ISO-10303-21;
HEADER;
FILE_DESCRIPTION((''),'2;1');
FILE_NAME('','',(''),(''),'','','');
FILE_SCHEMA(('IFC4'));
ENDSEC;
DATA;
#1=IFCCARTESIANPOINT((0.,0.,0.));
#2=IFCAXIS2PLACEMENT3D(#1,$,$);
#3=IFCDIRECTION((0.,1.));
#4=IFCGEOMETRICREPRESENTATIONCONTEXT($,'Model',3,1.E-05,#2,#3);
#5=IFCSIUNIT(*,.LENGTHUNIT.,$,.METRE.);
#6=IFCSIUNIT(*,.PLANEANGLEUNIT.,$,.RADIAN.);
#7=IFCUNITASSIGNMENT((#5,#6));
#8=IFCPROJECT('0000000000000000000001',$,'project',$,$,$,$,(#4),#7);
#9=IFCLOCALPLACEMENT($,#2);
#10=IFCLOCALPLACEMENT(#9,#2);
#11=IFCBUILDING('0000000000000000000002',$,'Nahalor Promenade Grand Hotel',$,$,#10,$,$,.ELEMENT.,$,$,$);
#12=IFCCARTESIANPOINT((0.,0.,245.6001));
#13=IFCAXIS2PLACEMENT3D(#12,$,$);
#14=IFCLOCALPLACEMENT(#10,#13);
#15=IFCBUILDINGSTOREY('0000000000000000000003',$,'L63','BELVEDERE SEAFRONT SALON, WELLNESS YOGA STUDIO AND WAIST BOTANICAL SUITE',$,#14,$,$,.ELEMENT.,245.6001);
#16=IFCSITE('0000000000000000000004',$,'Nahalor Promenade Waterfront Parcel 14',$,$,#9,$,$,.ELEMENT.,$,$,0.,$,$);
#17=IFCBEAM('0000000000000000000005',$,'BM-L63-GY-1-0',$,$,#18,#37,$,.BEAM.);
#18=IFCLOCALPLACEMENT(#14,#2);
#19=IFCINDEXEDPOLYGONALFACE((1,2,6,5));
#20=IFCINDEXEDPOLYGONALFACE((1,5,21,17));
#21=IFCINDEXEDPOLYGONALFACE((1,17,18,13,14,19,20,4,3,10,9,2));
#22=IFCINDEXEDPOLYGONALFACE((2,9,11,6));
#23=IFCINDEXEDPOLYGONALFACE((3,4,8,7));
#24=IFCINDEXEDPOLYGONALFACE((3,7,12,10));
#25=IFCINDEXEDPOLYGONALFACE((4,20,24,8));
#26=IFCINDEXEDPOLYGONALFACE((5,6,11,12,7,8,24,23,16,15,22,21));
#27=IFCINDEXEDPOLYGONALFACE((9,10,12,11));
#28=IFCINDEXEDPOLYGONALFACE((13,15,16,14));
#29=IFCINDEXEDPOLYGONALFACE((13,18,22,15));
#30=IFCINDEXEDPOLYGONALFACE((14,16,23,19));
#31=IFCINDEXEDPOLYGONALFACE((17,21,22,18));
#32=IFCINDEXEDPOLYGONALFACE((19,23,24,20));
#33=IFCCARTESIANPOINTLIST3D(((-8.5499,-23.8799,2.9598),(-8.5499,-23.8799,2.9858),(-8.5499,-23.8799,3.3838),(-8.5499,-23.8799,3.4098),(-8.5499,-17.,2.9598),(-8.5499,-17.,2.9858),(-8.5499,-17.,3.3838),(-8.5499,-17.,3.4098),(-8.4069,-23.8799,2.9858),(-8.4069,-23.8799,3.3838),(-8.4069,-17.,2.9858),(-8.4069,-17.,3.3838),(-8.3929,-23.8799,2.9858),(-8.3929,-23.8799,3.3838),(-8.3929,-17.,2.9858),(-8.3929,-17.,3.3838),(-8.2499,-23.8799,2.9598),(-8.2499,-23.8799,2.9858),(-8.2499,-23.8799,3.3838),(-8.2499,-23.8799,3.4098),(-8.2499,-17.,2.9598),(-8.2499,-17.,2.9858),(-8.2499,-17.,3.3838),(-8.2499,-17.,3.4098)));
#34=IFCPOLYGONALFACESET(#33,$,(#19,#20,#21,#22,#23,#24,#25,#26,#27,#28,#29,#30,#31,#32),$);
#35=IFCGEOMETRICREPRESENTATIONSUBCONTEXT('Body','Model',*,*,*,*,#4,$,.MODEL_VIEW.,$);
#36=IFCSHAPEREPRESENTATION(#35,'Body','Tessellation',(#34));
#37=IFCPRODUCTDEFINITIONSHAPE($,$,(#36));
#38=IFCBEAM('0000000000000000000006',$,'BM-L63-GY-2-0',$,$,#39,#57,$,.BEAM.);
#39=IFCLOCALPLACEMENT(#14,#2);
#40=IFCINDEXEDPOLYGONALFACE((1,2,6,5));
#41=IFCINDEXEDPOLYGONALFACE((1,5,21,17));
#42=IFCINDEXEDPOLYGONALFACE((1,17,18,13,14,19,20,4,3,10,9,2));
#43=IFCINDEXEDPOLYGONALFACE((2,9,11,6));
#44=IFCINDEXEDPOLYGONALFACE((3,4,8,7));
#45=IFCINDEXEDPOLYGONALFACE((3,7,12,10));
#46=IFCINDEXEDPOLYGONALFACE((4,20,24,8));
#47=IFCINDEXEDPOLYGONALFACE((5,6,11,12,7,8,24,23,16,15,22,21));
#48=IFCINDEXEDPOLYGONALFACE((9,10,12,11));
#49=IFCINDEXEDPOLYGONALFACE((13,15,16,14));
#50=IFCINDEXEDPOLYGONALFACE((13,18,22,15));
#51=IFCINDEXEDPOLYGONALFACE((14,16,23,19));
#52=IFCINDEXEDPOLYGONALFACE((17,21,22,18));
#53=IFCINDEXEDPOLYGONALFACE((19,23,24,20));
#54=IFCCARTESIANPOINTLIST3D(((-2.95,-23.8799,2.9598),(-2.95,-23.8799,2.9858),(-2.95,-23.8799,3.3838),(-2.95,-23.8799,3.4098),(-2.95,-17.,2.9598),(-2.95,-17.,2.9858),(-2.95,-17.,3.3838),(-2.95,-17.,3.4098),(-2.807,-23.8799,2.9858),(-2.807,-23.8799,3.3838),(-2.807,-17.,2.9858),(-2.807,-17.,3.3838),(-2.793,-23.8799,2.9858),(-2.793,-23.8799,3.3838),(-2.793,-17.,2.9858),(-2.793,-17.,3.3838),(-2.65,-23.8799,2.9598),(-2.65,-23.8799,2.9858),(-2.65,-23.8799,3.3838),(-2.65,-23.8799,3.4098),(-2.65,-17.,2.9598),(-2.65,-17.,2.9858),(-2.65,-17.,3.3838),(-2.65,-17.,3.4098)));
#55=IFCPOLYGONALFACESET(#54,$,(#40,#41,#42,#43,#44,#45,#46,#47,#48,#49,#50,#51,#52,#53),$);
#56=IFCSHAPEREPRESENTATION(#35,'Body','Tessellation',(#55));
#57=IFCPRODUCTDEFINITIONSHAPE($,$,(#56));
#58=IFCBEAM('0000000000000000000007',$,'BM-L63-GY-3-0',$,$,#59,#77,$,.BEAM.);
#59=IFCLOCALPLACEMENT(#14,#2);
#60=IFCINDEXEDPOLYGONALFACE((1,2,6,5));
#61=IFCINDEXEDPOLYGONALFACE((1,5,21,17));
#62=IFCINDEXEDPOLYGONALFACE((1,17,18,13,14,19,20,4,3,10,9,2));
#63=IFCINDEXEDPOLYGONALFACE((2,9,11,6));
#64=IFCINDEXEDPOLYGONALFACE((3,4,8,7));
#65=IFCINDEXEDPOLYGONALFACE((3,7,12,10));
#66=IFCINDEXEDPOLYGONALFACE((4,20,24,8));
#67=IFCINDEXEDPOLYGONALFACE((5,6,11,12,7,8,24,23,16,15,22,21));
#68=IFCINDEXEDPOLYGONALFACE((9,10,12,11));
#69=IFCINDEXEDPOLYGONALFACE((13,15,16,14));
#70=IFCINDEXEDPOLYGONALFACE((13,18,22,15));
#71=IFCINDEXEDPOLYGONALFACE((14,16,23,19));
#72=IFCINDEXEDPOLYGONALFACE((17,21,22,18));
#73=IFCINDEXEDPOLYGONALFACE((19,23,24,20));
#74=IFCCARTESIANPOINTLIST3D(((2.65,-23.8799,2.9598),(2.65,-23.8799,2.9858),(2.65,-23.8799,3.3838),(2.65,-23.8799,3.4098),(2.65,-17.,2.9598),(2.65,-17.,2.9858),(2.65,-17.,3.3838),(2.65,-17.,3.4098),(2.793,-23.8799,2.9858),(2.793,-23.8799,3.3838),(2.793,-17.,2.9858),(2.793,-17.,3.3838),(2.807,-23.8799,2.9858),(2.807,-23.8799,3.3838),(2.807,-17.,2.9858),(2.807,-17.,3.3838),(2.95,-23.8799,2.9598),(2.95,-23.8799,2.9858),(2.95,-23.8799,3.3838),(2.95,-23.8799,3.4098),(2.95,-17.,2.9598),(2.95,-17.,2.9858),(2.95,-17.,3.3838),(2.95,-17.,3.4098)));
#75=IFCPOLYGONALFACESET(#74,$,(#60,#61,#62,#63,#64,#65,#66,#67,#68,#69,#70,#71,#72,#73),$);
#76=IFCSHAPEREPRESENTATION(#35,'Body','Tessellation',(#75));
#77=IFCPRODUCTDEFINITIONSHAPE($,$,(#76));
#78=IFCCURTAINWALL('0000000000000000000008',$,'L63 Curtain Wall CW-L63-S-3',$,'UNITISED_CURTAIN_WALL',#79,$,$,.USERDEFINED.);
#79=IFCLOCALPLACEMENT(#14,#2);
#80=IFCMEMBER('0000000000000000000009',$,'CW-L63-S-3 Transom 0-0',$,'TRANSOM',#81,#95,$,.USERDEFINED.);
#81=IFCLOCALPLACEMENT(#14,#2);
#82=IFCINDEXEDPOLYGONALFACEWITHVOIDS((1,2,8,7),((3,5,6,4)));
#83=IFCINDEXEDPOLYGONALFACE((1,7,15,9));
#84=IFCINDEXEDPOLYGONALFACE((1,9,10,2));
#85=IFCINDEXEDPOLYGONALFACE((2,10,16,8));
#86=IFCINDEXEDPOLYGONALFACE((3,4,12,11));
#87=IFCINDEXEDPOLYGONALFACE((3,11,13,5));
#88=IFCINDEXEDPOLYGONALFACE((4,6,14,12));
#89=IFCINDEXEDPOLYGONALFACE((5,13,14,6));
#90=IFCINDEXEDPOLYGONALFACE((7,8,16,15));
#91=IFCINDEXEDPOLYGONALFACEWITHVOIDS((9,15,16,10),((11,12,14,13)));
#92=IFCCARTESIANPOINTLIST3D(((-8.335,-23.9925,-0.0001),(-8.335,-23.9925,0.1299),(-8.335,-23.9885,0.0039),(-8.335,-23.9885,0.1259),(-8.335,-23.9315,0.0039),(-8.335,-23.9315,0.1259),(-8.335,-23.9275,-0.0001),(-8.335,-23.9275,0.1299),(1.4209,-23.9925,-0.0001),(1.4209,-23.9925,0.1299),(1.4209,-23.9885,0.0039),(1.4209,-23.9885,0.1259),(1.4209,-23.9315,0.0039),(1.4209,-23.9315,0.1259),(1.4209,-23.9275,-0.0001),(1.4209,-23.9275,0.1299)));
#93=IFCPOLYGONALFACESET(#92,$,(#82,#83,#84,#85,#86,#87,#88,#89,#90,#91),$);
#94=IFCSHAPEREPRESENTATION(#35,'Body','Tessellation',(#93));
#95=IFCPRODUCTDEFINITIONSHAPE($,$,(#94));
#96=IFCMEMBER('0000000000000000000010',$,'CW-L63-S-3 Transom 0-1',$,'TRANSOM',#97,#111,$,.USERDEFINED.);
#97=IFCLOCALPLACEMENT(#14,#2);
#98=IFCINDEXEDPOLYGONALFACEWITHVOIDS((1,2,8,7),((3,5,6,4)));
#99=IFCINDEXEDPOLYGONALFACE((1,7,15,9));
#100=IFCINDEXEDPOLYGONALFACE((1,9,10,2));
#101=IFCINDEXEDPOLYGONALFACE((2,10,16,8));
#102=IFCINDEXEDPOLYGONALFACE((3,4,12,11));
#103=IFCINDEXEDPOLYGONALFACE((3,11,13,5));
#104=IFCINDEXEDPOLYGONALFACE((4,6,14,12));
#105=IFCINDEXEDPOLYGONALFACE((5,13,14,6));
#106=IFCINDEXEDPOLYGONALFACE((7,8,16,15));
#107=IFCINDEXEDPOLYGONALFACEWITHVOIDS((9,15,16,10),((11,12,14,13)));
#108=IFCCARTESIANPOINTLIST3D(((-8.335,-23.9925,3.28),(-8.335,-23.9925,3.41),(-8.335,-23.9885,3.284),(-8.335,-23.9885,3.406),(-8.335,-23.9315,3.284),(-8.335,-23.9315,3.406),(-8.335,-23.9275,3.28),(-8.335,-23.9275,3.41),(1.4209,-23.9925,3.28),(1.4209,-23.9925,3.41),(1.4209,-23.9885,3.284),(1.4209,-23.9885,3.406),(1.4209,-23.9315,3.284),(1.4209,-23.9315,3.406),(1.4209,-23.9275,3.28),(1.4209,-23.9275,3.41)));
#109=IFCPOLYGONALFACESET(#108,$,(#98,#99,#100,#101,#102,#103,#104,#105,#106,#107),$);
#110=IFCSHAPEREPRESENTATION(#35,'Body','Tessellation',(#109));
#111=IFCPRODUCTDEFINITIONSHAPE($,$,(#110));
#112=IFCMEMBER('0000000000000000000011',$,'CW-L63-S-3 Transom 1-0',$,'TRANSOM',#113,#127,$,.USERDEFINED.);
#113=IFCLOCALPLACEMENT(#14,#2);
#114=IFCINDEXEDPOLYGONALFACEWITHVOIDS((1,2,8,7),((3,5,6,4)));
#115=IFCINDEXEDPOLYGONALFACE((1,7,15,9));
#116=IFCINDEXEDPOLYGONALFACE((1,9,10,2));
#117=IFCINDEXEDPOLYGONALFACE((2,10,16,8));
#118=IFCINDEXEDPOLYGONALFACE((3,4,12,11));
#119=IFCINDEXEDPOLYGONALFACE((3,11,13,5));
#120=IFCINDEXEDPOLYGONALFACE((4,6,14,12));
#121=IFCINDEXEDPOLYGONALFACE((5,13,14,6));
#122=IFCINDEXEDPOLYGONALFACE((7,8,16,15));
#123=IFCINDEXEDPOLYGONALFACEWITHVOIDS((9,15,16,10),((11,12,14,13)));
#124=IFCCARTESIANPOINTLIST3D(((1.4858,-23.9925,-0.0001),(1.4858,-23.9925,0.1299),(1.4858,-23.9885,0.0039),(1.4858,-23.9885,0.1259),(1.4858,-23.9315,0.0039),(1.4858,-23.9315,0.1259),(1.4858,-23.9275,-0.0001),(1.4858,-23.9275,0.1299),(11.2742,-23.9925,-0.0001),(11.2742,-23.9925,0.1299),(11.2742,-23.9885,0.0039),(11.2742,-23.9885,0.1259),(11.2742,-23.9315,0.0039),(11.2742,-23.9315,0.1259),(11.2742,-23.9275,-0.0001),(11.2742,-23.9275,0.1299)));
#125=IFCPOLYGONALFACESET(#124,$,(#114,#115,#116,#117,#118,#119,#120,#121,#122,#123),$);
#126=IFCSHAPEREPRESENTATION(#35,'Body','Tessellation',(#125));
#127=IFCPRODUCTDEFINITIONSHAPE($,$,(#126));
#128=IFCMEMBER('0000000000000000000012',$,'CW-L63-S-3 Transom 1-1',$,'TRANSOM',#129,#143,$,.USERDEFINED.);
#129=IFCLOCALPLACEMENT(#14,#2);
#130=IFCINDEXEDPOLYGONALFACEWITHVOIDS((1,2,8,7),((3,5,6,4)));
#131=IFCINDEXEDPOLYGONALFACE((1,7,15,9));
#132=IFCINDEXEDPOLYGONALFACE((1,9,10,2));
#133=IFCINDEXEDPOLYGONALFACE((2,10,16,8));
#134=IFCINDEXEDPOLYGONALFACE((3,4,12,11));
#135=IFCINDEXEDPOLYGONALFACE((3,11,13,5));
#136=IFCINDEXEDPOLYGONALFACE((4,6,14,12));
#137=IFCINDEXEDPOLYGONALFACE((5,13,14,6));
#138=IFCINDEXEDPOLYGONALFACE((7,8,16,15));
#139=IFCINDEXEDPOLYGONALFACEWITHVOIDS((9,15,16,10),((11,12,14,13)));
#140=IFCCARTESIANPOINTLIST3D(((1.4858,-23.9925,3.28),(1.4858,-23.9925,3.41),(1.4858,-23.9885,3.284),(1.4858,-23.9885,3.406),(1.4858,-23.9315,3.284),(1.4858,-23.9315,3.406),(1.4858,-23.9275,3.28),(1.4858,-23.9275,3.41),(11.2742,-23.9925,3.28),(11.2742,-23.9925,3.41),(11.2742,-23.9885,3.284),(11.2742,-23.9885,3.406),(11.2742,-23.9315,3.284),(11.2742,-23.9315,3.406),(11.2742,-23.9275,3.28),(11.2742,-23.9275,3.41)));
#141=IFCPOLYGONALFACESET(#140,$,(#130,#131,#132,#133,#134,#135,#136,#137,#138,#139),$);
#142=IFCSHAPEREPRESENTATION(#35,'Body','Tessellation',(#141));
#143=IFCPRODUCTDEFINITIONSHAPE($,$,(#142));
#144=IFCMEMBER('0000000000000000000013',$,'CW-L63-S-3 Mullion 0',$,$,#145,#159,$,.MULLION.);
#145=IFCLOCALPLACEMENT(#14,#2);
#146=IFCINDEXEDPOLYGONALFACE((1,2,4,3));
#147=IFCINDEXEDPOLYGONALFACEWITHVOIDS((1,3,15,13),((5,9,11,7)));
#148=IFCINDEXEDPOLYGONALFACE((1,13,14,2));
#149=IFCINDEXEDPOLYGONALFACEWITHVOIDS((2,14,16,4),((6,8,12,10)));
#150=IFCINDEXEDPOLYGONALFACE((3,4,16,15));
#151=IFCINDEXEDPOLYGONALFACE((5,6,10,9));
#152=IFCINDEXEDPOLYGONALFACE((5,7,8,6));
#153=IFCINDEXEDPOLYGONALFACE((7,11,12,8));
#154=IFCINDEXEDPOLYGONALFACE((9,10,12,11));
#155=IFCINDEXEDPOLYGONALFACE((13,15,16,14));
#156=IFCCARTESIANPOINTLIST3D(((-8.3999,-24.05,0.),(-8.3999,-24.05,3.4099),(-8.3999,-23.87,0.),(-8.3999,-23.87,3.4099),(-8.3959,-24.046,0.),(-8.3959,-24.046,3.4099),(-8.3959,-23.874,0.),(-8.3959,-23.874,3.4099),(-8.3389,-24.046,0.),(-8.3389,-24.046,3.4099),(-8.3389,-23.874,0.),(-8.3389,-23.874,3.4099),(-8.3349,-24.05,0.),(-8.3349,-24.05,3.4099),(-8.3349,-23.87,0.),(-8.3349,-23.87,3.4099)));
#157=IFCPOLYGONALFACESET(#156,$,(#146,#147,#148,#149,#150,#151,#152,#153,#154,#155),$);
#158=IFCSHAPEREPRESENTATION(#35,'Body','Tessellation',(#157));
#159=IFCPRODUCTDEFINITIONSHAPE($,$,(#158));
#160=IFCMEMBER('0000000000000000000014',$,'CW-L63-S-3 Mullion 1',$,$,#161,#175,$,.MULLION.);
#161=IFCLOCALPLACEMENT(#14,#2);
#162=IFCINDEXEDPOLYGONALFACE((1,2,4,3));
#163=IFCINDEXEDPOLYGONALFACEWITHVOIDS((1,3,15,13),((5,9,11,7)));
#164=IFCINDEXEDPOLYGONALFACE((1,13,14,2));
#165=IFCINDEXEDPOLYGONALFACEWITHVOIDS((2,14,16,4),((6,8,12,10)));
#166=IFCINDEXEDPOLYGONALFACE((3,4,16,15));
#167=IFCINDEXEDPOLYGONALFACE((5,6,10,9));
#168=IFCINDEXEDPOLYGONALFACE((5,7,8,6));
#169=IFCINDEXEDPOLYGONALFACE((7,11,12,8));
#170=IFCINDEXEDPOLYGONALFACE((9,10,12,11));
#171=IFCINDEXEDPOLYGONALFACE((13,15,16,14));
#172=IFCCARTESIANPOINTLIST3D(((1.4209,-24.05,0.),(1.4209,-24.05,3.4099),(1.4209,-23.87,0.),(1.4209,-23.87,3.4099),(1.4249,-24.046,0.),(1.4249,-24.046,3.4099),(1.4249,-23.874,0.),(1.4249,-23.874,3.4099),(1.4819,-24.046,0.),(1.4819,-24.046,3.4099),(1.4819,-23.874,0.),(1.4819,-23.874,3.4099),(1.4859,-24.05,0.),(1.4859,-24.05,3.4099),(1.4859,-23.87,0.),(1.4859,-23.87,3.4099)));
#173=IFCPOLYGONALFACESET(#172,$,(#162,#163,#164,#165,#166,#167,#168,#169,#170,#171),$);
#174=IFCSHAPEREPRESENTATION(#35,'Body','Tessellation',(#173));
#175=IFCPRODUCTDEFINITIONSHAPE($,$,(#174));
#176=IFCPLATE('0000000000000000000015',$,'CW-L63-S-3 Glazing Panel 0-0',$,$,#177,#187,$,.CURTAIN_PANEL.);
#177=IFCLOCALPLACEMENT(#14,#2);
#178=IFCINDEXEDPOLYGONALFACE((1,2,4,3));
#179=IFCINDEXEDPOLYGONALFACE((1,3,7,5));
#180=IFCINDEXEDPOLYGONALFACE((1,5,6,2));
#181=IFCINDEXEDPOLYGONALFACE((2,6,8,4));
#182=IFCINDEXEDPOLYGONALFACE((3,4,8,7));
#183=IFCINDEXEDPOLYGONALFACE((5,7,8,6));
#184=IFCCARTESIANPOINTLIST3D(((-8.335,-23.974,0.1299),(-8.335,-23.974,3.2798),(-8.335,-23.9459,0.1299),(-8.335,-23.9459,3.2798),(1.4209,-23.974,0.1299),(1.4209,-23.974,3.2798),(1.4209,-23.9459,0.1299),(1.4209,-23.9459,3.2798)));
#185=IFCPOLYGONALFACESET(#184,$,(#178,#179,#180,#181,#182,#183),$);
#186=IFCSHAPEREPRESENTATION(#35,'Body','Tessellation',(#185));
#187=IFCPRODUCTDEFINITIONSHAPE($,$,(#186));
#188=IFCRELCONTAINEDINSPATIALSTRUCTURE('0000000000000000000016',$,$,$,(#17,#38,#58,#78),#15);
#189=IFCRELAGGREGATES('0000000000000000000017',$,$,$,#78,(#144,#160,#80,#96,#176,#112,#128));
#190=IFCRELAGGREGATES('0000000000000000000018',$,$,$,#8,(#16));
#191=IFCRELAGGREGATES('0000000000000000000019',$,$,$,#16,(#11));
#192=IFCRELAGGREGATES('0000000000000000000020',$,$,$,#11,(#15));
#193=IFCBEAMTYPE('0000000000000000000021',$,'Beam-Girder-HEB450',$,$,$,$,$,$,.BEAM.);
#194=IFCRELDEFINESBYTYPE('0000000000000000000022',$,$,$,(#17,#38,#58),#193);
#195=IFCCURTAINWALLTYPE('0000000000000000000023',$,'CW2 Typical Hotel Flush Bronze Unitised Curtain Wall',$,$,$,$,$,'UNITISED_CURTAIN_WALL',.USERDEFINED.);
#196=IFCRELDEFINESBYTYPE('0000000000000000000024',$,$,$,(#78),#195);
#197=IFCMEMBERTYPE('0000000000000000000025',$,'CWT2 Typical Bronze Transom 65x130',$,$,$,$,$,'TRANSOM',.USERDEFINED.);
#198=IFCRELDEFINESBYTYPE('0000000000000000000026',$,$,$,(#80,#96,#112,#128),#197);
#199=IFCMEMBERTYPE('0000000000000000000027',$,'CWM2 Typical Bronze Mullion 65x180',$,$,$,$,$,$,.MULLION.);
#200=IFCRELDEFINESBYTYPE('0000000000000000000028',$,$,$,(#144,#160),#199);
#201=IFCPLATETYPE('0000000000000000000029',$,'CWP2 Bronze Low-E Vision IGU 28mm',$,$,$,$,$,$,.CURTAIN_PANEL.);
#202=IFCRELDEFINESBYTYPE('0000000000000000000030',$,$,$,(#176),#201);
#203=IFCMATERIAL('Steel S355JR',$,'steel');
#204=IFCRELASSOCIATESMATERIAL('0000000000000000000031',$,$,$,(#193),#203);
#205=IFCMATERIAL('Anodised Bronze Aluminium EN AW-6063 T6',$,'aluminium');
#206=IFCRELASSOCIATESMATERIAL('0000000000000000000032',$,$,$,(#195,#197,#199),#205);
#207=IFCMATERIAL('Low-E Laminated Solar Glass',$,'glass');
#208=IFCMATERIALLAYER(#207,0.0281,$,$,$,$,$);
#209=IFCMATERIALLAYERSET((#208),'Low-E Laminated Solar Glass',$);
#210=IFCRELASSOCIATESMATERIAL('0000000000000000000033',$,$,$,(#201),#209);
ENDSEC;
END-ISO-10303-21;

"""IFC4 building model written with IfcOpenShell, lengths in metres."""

from ifc_helpers import new_model, si_unit, direction, frame, origin, origin_2d, place, context, subcontext, project, spatial, rectangle, hollow_rectangle, i_section, extrude, source, transform, mapped, material, layer, layer_set, material_profile, profile_set, type_object, element, aggregate, save


model = new_model("IFC4")

# Units and contexts
model_context = context("Model", 3, precision=1e-05, world=origin(), true_north=direction((0.0, 1.0)))
body_context = subcontext(model_context, "Body", "Model", "MODEL_VIEW")
ifc_project = project(units=[si_unit("LENGTHUNIT", "METRE"), si_unit("PLANEANGLEUNIT", "RADIAN")], contexts=[model_context])

# Site, building, storey
site_placement = place(None, origin())
site = spatial("IfcSite", under=ifc_project, at=site_placement, Name="Nahalor Promenade Waterfront Parcel 14", CompositionType="ELEMENT", RefElevation=0.0)
building_placement = place(site_placement, origin())
building = spatial("IfcBuilding", under=site, at=building_placement, Name="Nahalor Promenade Grand Hotel", CompositionType="ELEMENT")
storey_placement = place(building_placement, frame((0.0, 0.0, 245.6001)))
storey = spatial("IfcBuildingStorey", under=building, at=storey_placement, Name="L63", Description="BELVEDERE SEAFRONT SALON, WELLNESS YOGA STUDIO AND WAIST BOTANICAL SUITE", CompositionType="ELEMENT", Elevation=245.6001)

# Shared definitions
ifc_material_1 = material(Name="Steel S355JR", Category="steel")

# Beams
ifc_material_profile_1 = material_profile(ifc_material_1, i_section(OverallWidth=0.3, OverallDepth=0.45, WebThickness=0.014, FlangeThickness=0.026, at=origin_2d()), Name="HEB 450")
ifc_profile_set_1 = profile_set([ifc_material_profile_1], Name="Steel S355JR")
beam_type_1 = type_object("IfcBeamType", Name="Beam-Girder-HEB450", PredefinedType="BEAM", material=ifc_profile_set_1)
shared_shape_1 = source(origin(), body_context, "Body", "SweptSolid", [
    extrude(i_section(OverallWidth=0.3, OverallDepth=0.45, WebThickness=0.014, FlangeThickness=0.026, at=origin_2d()), origin(), (0.0, 0.0, 1.0), 6.8799),
])
for number, where, z_axis, x_axis, name in (
    (1, (-8.3999, -23.8799, 3.1848), (0.0, 1.0, 0.0), (-1.0, 0.0, 0.0), "BM-L63-GY-1-0"),
    (2, (-2.8, -23.8799, 3.1848), (0.0, 1.0, 0.0), (-1.0, 0.0, 0.0), "BM-L63-GY-2-0"),
    (3, (2.8, -23.8799, 3.1848), (0.0, 1.0, 0.0), (-1.0, 0.0, 0.0), "BM-L63-GY-3-0"),
):
    element("IfcBeam", number, at=place(storey_placement, frame(where, z_axis=z_axis, x_axis=x_axis)), inside=storey, type_object=beam_type_1, Name=name, PredefinedType="BEAM", context=body_context, shape_type="MappedRepresentation", body=[
        mapped(shared_shape_1, transform((0.0, 0.0, 0.0), scale=1.0)),
    ])

# Curtain wall, members, plate
ifc_material_2 = material(Name="Anodised Bronze Aluminium EN AW-6063 T6", Category="aluminium")
curtain_wall_type = type_object("IfcCurtainWallType", Name="CW2 Typical Hotel Flush Bronze Unitised Curtain Wall", ElementType="UNITISED_CURTAIN_WALL", PredefinedType="USERDEFINED", material=ifc_material_2)
curtain_wall_placement = place(storey_placement, origin())
curtain_wall = element("IfcCurtainWall", 4, at=curtain_wall_placement, inside=storey, type_object=curtain_wall_type, Name="L63 Curtain Wall CW-L63-S-3", ObjectType="UNITISED_CURTAIN_WALL", PredefinedType="USERDEFINED")
ifc_material_profile_2 = material_profile(ifc_material_2, hollow_rectangle(XDim=0.065, YDim=0.13, WallThickness=0.004, at=origin_2d()), Name="CWT 65x130x4")
ifc_profile_set_2 = profile_set([ifc_material_profile_2], Name="Anodised Bronze Aluminium EN AW-6063 T6")
member_type_1 = type_object("IfcMemberType", Name="CWT2 Typical Bronze Transom 65x130", ElementType="TRANSOM", PredefinedType="USERDEFINED", material=ifc_profile_set_2)
shared_shape_2 = source(origin(), body_context, "Body", "SweptSolid", [
    extrude(hollow_rectangle(XDim=0.065, YDim=0.13, WallThickness=0.004, at=origin_2d()), origin(), (0.0, 0.0, 1.0), 9.7559),
])
member_1_placement = place(storey_placement, frame((-8.335, -23.96, 0.0649), z_axis=(1.0, 0.0, 0.0), x_axis=(0.0, 1.0, 0.0)))
member_1 = element("IfcMember", 5, at=member_1_placement, type_object=member_type_1, Name="CW-L63-S-3 Transom 0-0", ObjectType="TRANSOM", PredefinedType="USERDEFINED", context=body_context, shape_type="MappedRepresentation", body=[
    mapped(shared_shape_2, transform((0.0, 0.0, 0.0), scale=1.0)),
])
member_2_placement = place(storey_placement, frame((-8.335, -23.96, 3.345), z_axis=(1.0, 0.0, 0.0), x_axis=(0.0, 1.0, 0.0)))
member_2 = element("IfcMember", 6, at=member_2_placement, type_object=member_type_1, Name="CW-L63-S-3 Transom 0-1", ObjectType="TRANSOM", PredefinedType="USERDEFINED", context=body_context, shape_type="MappedRepresentation", body=[
    mapped(shared_shape_2, transform((0.0, 0.0, 0.0), scale=1.0)),
])
shared_shape_3 = source(origin(), body_context, "Body", "SweptSolid", [
    extrude(hollow_rectangle(XDim=0.065, YDim=0.13, WallThickness=0.004, at=origin_2d()), origin(), (0.0, 0.0, 1.0), 9.7883),
])
member_3_placement = place(storey_placement, frame((1.4858, -23.96, 0.0649), z_axis=(1.0, 0.0, 0.0), x_axis=(0.0, 1.0, 0.0)))
member_3 = element("IfcMember", 7, at=member_3_placement, type_object=member_type_1, Name="CW-L63-S-3 Transom 1-0", ObjectType="TRANSOM", PredefinedType="USERDEFINED", context=body_context, shape_type="MappedRepresentation", body=[
    mapped(shared_shape_3, transform((0.0, 0.0, 0.0), scale=1.0)),
])
member_4_placement = place(storey_placement, frame((1.4858, -23.96, 3.345), z_axis=(1.0, 0.0, 0.0), x_axis=(0.0, 1.0, 0.0)))
member_4 = element("IfcMember", 8, at=member_4_placement, type_object=member_type_1, Name="CW-L63-S-3 Transom 1-1", ObjectType="TRANSOM", PredefinedType="USERDEFINED", context=body_context, shape_type="MappedRepresentation", body=[
    mapped(shared_shape_3, transform((0.0, 0.0, 0.0), scale=1.0)),
])
ifc_material_profile_3 = material_profile(ifc_material_2, hollow_rectangle(XDim=0.065, YDim=0.18, WallThickness=0.004, at=origin_2d()), Name="CWM 65x180x4")
ifc_profile_set_3 = profile_set([ifc_material_profile_3], Name="Anodised Bronze Aluminium EN AW-6063 T6")
member_type_2 = type_object("IfcMemberType", Name="CWM2 Typical Bronze Mullion 65x180", PredefinedType="MULLION", material=ifc_profile_set_3)
shared_shape_4 = source(origin(), body_context, "Body", "SweptSolid", [
    extrude(hollow_rectangle(XDim=0.065, YDim=0.18, WallThickness=0.004, at=origin_2d()), origin(), (0.0, 0.0, 1.0), 3.4099),
])
member_5_placement = place(storey_placement, frame((-8.3674, -23.96, 0.0), z_axis=(0.0, 0.0, 1.0), x_axis=(1.0, 0.0, 0.0)))
member_5 = element("IfcMember", 9, at=member_5_placement, type_object=member_type_2, Name="CW-L63-S-3 Mullion 0", PredefinedType="MULLION", context=body_context, shape_type="MappedRepresentation", body=[
    mapped(shared_shape_4, transform((0.0, 0.0, 0.0), scale=1.0)),
])
member_6_placement = place(storey_placement, frame((1.4534, -23.96, 0.0), z_axis=(0.0, 0.0, 1.0), x_axis=(1.0, 0.0, 0.0)))
member_6 = element("IfcMember", 10, at=member_6_placement, type_object=member_type_2, Name="CW-L63-S-3 Mullion 1", PredefinedType="MULLION", context=body_context, shape_type="MappedRepresentation", body=[
    mapped(shared_shape_4, transform((0.0, 0.0, 0.0), scale=1.0)),
])
ifc_material_3 = material(Name="Low-E Laminated Solar Glass", Category="glass")
ifc_layer_1 = layer(ifc_material_3, 0.0281)
ifc_layer_set_1 = layer_set([ifc_layer_1], Name="Low-E Laminated Solar Glass")
plate_type = type_object("IfcPlateType", Name="CWP2 Bronze Low-E Vision IGU 28mm", PredefinedType="CURTAIN_PANEL", material=ifc_layer_set_1)
shared_shape_5 = source(origin(), body_context, "Body", "SweptSolid", [
    extrude(rectangle(XDim=9.7559, YDim=0.0281, at=origin_2d()), origin(), (0.0, 0.0, 1.0), 3.1499),
])
plate_placement = place(storey_placement, frame((-3.457, -23.96, 0.1299), z_axis=(0.0, 0.0, 1.0), x_axis=(1.0, 0.0, 0.0)))
plate = element("IfcPlate", 11, at=plate_placement, type_object=plate_type, Name="CW-L63-S-3 Glazing Panel 0-0", PredefinedType="CURTAIN_PANEL", context=body_context, shape_type="MappedRepresentation", body=[
    mapped(shared_shape_5, transform((0.0, 0.0, 0.0), scale=1.0)),
])
aggregate(curtain_wall, [member_5, member_6, member_1, member_2, plate, member_3, member_4])

save(model, "model.ifc")
